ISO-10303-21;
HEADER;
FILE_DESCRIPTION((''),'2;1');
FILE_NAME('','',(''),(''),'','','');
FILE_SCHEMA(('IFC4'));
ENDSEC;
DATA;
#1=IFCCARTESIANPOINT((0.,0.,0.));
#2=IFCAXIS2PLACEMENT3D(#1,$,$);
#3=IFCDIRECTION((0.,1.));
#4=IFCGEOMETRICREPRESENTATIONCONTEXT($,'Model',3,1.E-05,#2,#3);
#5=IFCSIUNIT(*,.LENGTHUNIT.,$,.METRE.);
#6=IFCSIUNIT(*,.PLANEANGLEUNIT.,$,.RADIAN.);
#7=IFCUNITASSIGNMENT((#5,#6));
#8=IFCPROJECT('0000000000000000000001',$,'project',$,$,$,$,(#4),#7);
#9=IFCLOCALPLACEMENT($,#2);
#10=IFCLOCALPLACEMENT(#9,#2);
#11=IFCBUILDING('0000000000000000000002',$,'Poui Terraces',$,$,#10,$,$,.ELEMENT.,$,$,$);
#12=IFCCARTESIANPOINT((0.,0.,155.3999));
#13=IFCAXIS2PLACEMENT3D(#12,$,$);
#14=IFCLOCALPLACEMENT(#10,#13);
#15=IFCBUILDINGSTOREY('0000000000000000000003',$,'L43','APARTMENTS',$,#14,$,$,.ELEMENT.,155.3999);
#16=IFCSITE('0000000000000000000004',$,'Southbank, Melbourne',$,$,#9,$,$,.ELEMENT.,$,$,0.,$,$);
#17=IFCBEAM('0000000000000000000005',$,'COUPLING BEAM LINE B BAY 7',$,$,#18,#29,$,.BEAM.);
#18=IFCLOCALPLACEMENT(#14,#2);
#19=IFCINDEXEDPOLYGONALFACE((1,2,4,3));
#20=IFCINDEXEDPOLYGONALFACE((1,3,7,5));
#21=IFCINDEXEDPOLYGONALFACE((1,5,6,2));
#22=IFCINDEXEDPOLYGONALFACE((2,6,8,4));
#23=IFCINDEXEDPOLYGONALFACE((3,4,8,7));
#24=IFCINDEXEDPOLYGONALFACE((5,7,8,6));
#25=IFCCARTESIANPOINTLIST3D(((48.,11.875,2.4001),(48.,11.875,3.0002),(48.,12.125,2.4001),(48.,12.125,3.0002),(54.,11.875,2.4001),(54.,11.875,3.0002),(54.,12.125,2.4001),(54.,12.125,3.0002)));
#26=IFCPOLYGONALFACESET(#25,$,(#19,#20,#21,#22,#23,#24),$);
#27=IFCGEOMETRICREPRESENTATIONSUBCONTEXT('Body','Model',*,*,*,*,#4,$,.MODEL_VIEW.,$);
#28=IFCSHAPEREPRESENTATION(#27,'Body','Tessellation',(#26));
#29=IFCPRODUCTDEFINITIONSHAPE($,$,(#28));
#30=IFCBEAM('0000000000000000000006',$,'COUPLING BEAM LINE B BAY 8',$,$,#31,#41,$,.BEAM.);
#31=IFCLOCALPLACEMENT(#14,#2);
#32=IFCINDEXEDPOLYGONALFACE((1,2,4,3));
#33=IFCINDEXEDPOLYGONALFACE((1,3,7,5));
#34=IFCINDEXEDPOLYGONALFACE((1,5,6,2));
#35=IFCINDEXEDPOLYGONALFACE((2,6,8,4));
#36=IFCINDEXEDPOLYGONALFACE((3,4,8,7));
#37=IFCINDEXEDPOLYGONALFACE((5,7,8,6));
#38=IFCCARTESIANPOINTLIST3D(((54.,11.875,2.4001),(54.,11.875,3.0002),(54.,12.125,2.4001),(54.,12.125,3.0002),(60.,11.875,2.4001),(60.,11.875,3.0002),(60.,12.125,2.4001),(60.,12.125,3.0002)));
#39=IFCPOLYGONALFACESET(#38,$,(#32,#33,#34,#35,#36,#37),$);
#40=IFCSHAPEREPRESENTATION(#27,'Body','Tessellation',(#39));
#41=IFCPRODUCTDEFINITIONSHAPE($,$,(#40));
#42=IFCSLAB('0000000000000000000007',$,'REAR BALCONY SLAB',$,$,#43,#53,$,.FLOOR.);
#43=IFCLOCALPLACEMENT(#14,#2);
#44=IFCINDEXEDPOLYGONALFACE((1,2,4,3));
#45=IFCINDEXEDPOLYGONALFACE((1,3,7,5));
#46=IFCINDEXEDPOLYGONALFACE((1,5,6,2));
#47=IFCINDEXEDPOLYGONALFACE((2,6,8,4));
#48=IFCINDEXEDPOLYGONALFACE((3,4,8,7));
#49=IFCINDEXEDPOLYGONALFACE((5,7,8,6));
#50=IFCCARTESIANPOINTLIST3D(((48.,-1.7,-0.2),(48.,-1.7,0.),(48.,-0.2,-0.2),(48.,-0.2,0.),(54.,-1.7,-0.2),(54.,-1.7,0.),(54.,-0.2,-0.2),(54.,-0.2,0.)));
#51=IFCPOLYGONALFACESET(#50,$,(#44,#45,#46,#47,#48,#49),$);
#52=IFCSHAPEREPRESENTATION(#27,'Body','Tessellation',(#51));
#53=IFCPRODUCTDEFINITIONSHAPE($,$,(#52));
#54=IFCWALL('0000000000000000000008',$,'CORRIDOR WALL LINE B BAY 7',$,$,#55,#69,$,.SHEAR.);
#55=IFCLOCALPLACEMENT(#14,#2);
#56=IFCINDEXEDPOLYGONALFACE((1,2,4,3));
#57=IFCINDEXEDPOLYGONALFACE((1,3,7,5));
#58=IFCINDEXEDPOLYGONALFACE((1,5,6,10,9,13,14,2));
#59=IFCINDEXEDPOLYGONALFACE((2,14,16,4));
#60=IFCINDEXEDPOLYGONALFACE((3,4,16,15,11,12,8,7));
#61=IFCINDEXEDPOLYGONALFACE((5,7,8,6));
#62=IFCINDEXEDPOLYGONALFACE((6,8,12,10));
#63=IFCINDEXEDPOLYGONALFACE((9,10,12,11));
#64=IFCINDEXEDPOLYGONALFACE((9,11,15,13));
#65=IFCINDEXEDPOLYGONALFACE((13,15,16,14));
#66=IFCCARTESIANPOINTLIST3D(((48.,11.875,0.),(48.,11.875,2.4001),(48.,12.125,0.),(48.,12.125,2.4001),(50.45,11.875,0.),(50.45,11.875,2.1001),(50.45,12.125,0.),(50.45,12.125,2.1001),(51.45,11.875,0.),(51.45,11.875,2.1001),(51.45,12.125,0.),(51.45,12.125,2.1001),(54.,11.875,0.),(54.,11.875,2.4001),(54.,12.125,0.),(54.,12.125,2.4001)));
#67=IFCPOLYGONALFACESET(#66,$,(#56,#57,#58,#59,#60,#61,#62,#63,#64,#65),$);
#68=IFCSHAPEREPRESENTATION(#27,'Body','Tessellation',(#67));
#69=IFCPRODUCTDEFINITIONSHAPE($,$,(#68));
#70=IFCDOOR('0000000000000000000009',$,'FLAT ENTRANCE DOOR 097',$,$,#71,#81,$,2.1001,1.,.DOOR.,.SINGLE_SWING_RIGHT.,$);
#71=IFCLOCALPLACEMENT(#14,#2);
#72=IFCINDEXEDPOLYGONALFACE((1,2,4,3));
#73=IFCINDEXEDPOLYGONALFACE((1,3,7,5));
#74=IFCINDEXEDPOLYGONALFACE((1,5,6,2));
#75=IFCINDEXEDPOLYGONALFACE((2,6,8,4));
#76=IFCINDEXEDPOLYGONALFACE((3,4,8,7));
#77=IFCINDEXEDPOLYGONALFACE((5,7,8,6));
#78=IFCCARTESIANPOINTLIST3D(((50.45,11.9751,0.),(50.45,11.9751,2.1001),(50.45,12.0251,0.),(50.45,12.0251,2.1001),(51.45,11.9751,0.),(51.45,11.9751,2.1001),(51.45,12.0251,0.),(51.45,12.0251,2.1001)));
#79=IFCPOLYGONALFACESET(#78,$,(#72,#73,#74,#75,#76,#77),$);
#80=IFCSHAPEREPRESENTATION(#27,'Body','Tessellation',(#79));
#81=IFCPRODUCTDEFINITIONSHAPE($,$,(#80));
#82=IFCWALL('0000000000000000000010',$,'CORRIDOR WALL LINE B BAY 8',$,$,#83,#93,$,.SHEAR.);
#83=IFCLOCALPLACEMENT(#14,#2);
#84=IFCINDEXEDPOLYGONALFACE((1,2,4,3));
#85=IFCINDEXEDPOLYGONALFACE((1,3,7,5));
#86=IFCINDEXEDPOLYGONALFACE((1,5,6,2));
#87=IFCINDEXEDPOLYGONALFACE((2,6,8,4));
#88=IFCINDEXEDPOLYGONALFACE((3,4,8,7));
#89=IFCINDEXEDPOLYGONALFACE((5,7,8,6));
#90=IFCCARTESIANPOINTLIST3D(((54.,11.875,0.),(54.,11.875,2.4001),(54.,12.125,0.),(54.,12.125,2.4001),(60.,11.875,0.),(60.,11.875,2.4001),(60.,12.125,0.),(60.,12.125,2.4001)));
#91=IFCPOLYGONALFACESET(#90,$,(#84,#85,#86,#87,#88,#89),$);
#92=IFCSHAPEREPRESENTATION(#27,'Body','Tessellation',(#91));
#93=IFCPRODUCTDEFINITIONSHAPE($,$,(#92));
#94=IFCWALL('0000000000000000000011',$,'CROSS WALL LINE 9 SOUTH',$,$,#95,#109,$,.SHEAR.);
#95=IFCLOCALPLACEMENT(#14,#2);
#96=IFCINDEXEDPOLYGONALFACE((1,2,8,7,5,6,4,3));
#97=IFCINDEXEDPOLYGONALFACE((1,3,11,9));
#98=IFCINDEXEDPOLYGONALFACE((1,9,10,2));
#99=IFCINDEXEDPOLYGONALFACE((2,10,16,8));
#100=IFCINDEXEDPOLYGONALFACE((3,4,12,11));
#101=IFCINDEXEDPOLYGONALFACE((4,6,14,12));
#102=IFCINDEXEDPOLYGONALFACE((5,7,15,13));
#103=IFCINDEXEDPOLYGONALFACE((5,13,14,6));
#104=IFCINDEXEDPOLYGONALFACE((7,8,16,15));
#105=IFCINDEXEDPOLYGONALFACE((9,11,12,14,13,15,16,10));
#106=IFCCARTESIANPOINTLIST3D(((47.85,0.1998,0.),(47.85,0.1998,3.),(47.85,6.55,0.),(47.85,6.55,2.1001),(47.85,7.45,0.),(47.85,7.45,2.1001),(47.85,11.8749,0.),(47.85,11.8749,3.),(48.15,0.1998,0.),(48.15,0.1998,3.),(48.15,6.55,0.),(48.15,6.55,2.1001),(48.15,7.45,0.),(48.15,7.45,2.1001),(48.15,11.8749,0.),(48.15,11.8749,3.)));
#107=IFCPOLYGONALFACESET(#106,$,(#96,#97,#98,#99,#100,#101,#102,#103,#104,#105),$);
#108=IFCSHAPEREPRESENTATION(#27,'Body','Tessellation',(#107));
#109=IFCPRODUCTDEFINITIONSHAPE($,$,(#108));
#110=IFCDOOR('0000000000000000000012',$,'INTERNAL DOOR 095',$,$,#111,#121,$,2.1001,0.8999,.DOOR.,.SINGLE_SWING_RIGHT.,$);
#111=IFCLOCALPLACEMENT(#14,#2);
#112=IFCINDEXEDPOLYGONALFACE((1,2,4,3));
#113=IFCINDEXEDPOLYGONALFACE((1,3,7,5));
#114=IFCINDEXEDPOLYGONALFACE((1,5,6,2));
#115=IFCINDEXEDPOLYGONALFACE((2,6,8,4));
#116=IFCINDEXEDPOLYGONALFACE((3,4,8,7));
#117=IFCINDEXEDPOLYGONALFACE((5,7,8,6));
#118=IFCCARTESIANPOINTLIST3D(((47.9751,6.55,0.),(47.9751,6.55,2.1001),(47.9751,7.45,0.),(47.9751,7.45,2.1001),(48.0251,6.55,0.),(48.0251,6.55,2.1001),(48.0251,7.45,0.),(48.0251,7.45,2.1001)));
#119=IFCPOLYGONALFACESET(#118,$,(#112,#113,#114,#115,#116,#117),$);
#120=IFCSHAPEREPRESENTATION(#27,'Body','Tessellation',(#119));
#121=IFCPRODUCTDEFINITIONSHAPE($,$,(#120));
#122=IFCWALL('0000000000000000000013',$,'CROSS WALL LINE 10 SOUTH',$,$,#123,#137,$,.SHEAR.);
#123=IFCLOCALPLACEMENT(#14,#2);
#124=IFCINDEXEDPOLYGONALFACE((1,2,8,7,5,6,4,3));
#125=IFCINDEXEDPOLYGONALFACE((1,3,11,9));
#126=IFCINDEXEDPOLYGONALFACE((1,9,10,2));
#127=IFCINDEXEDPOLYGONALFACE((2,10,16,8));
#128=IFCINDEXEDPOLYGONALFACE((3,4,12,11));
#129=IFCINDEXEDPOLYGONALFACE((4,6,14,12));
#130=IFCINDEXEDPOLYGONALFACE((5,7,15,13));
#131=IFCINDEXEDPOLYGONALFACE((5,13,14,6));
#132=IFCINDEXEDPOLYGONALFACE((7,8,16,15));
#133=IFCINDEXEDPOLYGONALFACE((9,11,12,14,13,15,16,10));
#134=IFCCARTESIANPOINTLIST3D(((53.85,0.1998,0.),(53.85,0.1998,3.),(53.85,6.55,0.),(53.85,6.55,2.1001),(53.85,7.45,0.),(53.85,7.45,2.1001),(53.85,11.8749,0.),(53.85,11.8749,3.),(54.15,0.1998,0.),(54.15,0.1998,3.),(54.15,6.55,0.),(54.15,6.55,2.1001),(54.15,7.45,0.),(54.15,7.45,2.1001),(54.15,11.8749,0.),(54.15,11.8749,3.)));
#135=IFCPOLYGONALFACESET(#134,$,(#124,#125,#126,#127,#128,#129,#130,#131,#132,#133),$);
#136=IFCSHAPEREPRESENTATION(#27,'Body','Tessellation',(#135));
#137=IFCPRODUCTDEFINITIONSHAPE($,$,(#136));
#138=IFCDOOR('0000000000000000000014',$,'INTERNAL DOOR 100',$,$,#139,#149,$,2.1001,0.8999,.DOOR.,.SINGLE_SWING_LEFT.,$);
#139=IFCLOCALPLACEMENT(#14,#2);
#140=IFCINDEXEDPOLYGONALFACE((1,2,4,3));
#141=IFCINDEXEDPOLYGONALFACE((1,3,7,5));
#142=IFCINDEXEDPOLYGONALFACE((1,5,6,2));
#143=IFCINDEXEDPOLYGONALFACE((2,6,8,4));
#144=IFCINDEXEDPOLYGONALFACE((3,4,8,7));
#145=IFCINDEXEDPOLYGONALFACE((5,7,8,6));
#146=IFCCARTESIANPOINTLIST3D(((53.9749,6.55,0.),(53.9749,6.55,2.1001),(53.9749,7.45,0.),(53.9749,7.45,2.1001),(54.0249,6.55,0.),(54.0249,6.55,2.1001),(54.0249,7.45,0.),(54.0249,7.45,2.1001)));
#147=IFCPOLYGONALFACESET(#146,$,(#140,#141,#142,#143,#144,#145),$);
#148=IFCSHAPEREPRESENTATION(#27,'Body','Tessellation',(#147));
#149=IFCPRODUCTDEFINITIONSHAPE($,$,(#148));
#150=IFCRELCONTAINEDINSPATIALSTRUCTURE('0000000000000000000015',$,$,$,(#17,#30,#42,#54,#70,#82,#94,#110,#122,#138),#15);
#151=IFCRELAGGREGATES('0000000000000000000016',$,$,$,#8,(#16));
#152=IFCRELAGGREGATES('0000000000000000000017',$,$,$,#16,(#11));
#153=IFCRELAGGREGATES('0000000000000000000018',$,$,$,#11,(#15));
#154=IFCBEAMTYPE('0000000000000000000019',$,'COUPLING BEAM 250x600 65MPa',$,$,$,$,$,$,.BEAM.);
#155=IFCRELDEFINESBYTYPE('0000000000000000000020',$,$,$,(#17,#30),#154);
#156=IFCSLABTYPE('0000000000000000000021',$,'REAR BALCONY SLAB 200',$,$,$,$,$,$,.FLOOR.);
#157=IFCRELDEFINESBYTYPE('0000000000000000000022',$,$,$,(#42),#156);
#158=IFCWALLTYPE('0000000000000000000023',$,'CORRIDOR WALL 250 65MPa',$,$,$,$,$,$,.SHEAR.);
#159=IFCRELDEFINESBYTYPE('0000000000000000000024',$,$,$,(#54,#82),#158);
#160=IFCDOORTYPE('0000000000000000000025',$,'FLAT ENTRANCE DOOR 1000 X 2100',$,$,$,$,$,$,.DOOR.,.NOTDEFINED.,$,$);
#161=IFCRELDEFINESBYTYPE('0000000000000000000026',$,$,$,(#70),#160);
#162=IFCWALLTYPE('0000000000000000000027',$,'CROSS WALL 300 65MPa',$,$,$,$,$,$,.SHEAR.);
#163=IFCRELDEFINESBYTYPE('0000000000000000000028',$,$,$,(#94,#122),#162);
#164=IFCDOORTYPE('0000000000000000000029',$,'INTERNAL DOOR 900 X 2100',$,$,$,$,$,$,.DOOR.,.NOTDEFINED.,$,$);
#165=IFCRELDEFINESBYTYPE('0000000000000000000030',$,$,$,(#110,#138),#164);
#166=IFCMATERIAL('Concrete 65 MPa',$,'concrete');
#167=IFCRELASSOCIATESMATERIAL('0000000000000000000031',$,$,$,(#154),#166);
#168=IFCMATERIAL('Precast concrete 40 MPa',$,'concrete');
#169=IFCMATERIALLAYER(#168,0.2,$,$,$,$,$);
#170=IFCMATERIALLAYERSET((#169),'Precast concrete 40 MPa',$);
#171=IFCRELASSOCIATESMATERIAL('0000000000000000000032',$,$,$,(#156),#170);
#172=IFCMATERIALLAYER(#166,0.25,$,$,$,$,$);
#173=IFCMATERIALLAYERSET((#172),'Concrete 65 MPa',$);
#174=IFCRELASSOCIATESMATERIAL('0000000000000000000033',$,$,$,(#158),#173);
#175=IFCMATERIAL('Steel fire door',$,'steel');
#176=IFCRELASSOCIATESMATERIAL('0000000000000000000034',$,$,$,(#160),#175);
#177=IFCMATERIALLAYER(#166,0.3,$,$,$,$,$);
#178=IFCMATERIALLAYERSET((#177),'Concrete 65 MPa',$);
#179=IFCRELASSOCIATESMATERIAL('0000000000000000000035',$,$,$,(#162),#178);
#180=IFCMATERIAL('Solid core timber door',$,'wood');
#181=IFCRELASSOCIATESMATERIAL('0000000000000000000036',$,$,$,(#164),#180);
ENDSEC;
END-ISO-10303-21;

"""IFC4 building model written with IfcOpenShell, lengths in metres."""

from ifc_helpers import new_model, si_unit, direction, frame, frame_2d, origin, origin_2d, place, context, subcontext, project, spatial, polyline, rectangle, outline, extrude, source, transform, mapped, material, layer, layer_set, material_profile, profile_set, type_object, element, fill, save


model = new_model("IFC4")

# Units and contexts
model_context = context("Model", 3, precision=1e-05, world=origin(), true_north=direction((0.0, 1.0)))
body_context = subcontext(model_context, "Body", "Model", "MODEL_VIEW")
ifc_project = project(units=[si_unit("LENGTHUNIT", "METRE"), si_unit("PLANEANGLEUNIT", "RADIAN")], contexts=[model_context])

# Site, building, storey
site_placement = place(None, origin())
site = spatial("IfcSite", under=ifc_project, at=site_placement, Name="Southbank, Melbourne", CompositionType="ELEMENT", RefElevation=0.0)
building_placement = place(site_placement, origin())
building = spatial("IfcBuilding", under=site, at=building_placement, Name="Poui Terraces", CompositionType="ELEMENT")
storey_placement = place(building_placement, frame((0.0, 0.0, 155.3999)))
storey = spatial("IfcBuildingStorey", under=building, at=storey_placement, Name="L43", Description="APARTMENTS", CompositionType="ELEMENT", Elevation=155.3999)

# Beams
ifc_material_1 = material(Name="Concrete 65 MPa", Category="concrete")
ifc_material_profile_1 = material_profile(ifc_material_1, rectangle(XDim=0.25, YDim=0.6001, at=origin_2d()), Name="RC 250x600")
ifc_profile_set_1 = profile_set([ifc_material_profile_1], Name="Concrete 65 MPa")
beam_type = type_object("IfcBeamType", Name="COUPLING BEAM 250x600 65MPa", PredefinedType="BEAM", material=ifc_profile_set_1)
shared_shape_1 = source(origin(), body_context, "Body", "SweptSolid", [
    extrude(rectangle(XDim=0.25, YDim=0.6001, at=origin_2d()), origin(), (0.0, 0.0, 1.0), 6.0),
])
for number, where, z_axis, x_axis, name in (
    (1, (48.0, 12.0, 2.7002), (1.0, 0.0, 0.0), (0.0, 1.0, 0.0), "COUPLING BEAM LINE B BAY 7"),
    (2, (54.0, 12.0, 2.7002), (1.0, 0.0, 0.0), (0.0, 1.0, 0.0), "COUPLING BEAM LINE B BAY 8"),
):
    element("IfcBeam", number, at=place(storey_placement, frame(where, z_axis=z_axis, x_axis=x_axis)), inside=storey, type_object=beam_type, Name=name, PredefinedType="BEAM", context=body_context, shape_type="MappedRepresentation", body=[
        mapped(shared_shape_1, transform((0.0, 0.0, 0.0))),
    ])

# Slab
ifc_material_2 = material(Name="Precast concrete 40 MPa", Category="concrete")
ifc_layer_1 = layer(ifc_material_2, 0.2)
ifc_layer_set_1 = layer_set([ifc_layer_1], Name="Precast concrete 40 MPa")
slab_type = type_object("IfcSlabType", Name="REAR BALCONY SLAB 200", PredefinedType="FLOOR", material=ifc_layer_set_1)
shared_shape_2 = source(origin(), body_context, "Body", "SweptSolid", [
    extrude(outline(polyline([(0.0, 0.0), (6.0, 0.0), (6.0, 1.5), (0.0, 1.5), (0.0, 0.0)])), origin(), (0.0, 0.0, 1.0), 0.2),
])
slab_placement = place(storey_placement, frame((48.0, -1.7, -0.2)))
element("IfcSlab", 3, at=slab_placement, inside=storey, type_object=slab_type, Name="REAR BALCONY SLAB", PredefinedType="FLOOR", context=body_context, shape_type="MappedRepresentation", body=[
    mapped(shared_shape_2, transform((0.0, 0.0, 0.0))),
])

# Wall, opening, door
ifc_layer_2 = layer(ifc_material_1, 0.25)
ifc_layer_set_2 = layer_set([ifc_layer_2], Name="Concrete 65 MPa")
wall_type_1 = type_object("IfcWallType", Name="CORRIDOR WALL 250 65MPa", PredefinedType="SHEAR", material=ifc_layer_set_2)
wall_1_placement = place(storey_placement, frame((48.0, 12.0, 0.0), z_axis=(0.0, 0.0, 1.0), x_axis=(1.0, 0.0, 0.0)))
wall_1 = element("IfcWall", 4, at=wall_1_placement, inside=storey, type_object=wall_type_1, Name="CORRIDOR WALL LINE B BAY 7", PredefinedType="SHEAR", context=body_context, shape_type="SweptSolid", body=[
    extrude(rectangle(XDim=6.0, YDim=0.25, at=frame_2d((3.0, 0.0))), origin(), (0.0, 0.0, 1.0), 2.4001),
])
opening_1_placement = place(wall_1_placement, frame((2.45, 0.0, 0.0)))
opening_1 = element("IfcOpeningElement", 5, at=opening_1_placement, cuts=wall_1, PredefinedType="OPENING", context=body_context, shape_type="SweptSolid", body=[
    extrude(rectangle(XDim=1.0, YDim=2.1001, at=frame_2d((0.5, 1.05))), frame((0.0, 0.135, 0.0), z_axis=(0.0, -1.0, 0.0), x_axis=(1.0, 0.0, 0.0)), (0.0, 0.0, 1.0), 0.27),
])
ifc_material_3 = material(Name="Steel fire door", Category="steel")
door_type_1 = type_object("IfcDoorType", Name="FLAT ENTRANCE DOOR 1000 X 2100", OperationType="NOTDEFINED", PredefinedType="DOOR", material=ifc_material_3)
door_1_placement = place(opening_1_placement, frame((1.0, 0.0, 0.0), z_axis=(0.0, 0.0, 1.0), x_axis=(-1.0, 0.0, 0.0)))
door_1 = element("IfcDoor", 6, at=door_1_placement, inside=storey, type_object=door_type_1, Name="FLAT ENTRANCE DOOR 097", OperationType="SINGLE_SWING_RIGHT", OverallHeight=2.1001, OverallWidth=1.0, PredefinedType="DOOR", context=body_context, shape_type="SweptSolid", body=[
    extrude(rectangle(XDim=1.0, YDim=2.1001, at=frame_2d((0.5, 1.05))), frame((0.0, 0.0249, 0.0), z_axis=(0.0, -1.0, 0.0), x_axis=(1.0, 0.0, 0.0)), (0.0, 0.0, 1.0), 0.05),
])
fill(opening_1, door_1)

# Wall
wall_2_placement = place(storey_placement, frame((54.0, 12.0, 0.0), z_axis=(0.0, 0.0, 1.0), x_axis=(1.0, 0.0, 0.0)))
element("IfcWall", 7, at=wall_2_placement, inside=storey, type_object=wall_type_1, Name="CORRIDOR WALL LINE B BAY 8", PredefinedType="SHEAR", context=body_context, shape_type="SweptSolid", body=[
    extrude(rectangle(XDim=6.0, YDim=0.25, at=frame_2d((3.0, 0.0))), origin(), (0.0, 0.0, 1.0), 2.4001),
])

# Walls, openings, doors
ifc_layer_3 = layer(ifc_material_1, 0.3)
ifc_layer_set_3 = layer_set([ifc_layer_3], Name="Concrete 65 MPa")
wall_type_2 = type_object("IfcWallType", Name="CROSS WALL 300 65MPa", PredefinedType="SHEAR", material=ifc_layer_set_3)
wall_3_placement = place(storey_placement, frame((48.0, 0.2, 0.0), z_axis=(0.0, 0.0, 1.0), x_axis=(0.0, 1.0, 0.0)))
wall_3 = element("IfcWall", 8, at=wall_3_placement, inside=storey, type_object=wall_type_2, Name="CROSS WALL LINE 9 SOUTH", PredefinedType="SHEAR", context=body_context, shape_type="SweptSolid", body=[
    extrude(rectangle(XDim=11.675, YDim=0.3, at=frame_2d((5.8374, 0.0))), origin(), (0.0, 0.0, 1.0), 3.0),
])
opening_2_placement = place(wall_3_placement, frame((6.3501, 0.0, 0.0)))
opening_2 = element("IfcOpeningElement", 9, at=opening_2_placement, cuts=wall_3, PredefinedType="OPENING", context=body_context, shape_type="SweptSolid", body=[
    extrude(rectangle(XDim=0.8999, YDim=2.1001, at=frame_2d((0.45, 1.05))), frame((0.0, 0.1602, 0.0), z_axis=(0.0, -1.0, 0.0), x_axis=(1.0, 0.0, 0.0)), (0.0, 0.0, 1.0), 0.3201),
])
ifc_material_4 = material(Name="Solid core timber door", Category="wood")
door_type_2 = type_object("IfcDoorType", Name="INTERNAL DOOR 900 X 2100", OperationType="NOTDEFINED", PredefinedType="DOOR", material=ifc_material_4)
door_2_placement = place(opening_2_placement, origin())
door_2 = element("IfcDoor", 10, at=door_2_placement, inside=storey, type_object=door_type_2, Name="INTERNAL DOOR 095", OperationType="SINGLE_SWING_RIGHT", OverallHeight=2.1001, OverallWidth=0.8999, PredefinedType="DOOR", context=body_context, shape_type="SweptSolid", body=[
    extrude(rectangle(XDim=0.8999, YDim=2.1001, at=frame_2d((0.45, 1.05))), frame((0.0, 0.0249, 0.0), z_axis=(0.0, -1.0, 0.0), x_axis=(1.0, 0.0, 0.0)), (0.0, 0.0, 1.0), 0.05),
])
fill(opening_2, door_2)
wall_4_placement = place(storey_placement, frame((54.0, 0.2, 0.0), z_axis=(0.0, 0.0, 1.0), x_axis=(0.0, 1.0, 0.0)))
wall_4 = element("IfcWall", 11, at=wall_4_placement, inside=storey, type_object=wall_type_2, Name="CROSS WALL LINE 10 SOUTH", PredefinedType="SHEAR", context=body_context, shape_type="SweptSolid", body=[
    extrude(rectangle(XDim=11.675, YDim=0.3, at=frame_2d((5.8374, 0.0))), origin(), (0.0, 0.0, 1.0), 3.0),
])
opening_3_placement = place(wall_4_placement, frame((6.3501, 0.0, 0.0)))
opening_3 = element("IfcOpeningElement", 12, at=opening_3_placement, cuts=wall_4, PredefinedType="OPENING", context=body_context, shape_type="SweptSolid", body=[
    extrude(rectangle(XDim=0.8999, YDim=2.1001, at=frame_2d((0.45, 1.05))), frame((0.0, 0.1602, 0.0), z_axis=(0.0, -1.0, 0.0), x_axis=(1.0, 0.0, 0.0)), (0.0, 0.0, 1.0), 0.3201),
])
door_3_placement = place(opening_3_placement, frame((0.8999, 0.0, 0.0), z_axis=(0.0, 0.0, 1.0), x_axis=(-1.0, 0.0, 0.0)))
door_3 = element("IfcDoor", 13, at=door_3_placement, inside=storey, type_object=door_type_2, Name="INTERNAL DOOR 100", OperationType="SINGLE_SWING_LEFT", OverallHeight=2.1001, OverallWidth=0.8999, PredefinedType="DOOR", context=body_context, shape_type="SweptSolid", body=[
    extrude(rectangle(XDim=0.8999, YDim=2.1001, at=frame_2d((0.45, 1.05))), frame((0.0, 0.0249, 0.0), z_axis=(0.0, -1.0, 0.0), x_axis=(1.0, 0.0, 0.0)), (0.0, 0.0, 1.0), 0.05),
])
fill(opening_3, door_3)

save(model, "model.ifc")
